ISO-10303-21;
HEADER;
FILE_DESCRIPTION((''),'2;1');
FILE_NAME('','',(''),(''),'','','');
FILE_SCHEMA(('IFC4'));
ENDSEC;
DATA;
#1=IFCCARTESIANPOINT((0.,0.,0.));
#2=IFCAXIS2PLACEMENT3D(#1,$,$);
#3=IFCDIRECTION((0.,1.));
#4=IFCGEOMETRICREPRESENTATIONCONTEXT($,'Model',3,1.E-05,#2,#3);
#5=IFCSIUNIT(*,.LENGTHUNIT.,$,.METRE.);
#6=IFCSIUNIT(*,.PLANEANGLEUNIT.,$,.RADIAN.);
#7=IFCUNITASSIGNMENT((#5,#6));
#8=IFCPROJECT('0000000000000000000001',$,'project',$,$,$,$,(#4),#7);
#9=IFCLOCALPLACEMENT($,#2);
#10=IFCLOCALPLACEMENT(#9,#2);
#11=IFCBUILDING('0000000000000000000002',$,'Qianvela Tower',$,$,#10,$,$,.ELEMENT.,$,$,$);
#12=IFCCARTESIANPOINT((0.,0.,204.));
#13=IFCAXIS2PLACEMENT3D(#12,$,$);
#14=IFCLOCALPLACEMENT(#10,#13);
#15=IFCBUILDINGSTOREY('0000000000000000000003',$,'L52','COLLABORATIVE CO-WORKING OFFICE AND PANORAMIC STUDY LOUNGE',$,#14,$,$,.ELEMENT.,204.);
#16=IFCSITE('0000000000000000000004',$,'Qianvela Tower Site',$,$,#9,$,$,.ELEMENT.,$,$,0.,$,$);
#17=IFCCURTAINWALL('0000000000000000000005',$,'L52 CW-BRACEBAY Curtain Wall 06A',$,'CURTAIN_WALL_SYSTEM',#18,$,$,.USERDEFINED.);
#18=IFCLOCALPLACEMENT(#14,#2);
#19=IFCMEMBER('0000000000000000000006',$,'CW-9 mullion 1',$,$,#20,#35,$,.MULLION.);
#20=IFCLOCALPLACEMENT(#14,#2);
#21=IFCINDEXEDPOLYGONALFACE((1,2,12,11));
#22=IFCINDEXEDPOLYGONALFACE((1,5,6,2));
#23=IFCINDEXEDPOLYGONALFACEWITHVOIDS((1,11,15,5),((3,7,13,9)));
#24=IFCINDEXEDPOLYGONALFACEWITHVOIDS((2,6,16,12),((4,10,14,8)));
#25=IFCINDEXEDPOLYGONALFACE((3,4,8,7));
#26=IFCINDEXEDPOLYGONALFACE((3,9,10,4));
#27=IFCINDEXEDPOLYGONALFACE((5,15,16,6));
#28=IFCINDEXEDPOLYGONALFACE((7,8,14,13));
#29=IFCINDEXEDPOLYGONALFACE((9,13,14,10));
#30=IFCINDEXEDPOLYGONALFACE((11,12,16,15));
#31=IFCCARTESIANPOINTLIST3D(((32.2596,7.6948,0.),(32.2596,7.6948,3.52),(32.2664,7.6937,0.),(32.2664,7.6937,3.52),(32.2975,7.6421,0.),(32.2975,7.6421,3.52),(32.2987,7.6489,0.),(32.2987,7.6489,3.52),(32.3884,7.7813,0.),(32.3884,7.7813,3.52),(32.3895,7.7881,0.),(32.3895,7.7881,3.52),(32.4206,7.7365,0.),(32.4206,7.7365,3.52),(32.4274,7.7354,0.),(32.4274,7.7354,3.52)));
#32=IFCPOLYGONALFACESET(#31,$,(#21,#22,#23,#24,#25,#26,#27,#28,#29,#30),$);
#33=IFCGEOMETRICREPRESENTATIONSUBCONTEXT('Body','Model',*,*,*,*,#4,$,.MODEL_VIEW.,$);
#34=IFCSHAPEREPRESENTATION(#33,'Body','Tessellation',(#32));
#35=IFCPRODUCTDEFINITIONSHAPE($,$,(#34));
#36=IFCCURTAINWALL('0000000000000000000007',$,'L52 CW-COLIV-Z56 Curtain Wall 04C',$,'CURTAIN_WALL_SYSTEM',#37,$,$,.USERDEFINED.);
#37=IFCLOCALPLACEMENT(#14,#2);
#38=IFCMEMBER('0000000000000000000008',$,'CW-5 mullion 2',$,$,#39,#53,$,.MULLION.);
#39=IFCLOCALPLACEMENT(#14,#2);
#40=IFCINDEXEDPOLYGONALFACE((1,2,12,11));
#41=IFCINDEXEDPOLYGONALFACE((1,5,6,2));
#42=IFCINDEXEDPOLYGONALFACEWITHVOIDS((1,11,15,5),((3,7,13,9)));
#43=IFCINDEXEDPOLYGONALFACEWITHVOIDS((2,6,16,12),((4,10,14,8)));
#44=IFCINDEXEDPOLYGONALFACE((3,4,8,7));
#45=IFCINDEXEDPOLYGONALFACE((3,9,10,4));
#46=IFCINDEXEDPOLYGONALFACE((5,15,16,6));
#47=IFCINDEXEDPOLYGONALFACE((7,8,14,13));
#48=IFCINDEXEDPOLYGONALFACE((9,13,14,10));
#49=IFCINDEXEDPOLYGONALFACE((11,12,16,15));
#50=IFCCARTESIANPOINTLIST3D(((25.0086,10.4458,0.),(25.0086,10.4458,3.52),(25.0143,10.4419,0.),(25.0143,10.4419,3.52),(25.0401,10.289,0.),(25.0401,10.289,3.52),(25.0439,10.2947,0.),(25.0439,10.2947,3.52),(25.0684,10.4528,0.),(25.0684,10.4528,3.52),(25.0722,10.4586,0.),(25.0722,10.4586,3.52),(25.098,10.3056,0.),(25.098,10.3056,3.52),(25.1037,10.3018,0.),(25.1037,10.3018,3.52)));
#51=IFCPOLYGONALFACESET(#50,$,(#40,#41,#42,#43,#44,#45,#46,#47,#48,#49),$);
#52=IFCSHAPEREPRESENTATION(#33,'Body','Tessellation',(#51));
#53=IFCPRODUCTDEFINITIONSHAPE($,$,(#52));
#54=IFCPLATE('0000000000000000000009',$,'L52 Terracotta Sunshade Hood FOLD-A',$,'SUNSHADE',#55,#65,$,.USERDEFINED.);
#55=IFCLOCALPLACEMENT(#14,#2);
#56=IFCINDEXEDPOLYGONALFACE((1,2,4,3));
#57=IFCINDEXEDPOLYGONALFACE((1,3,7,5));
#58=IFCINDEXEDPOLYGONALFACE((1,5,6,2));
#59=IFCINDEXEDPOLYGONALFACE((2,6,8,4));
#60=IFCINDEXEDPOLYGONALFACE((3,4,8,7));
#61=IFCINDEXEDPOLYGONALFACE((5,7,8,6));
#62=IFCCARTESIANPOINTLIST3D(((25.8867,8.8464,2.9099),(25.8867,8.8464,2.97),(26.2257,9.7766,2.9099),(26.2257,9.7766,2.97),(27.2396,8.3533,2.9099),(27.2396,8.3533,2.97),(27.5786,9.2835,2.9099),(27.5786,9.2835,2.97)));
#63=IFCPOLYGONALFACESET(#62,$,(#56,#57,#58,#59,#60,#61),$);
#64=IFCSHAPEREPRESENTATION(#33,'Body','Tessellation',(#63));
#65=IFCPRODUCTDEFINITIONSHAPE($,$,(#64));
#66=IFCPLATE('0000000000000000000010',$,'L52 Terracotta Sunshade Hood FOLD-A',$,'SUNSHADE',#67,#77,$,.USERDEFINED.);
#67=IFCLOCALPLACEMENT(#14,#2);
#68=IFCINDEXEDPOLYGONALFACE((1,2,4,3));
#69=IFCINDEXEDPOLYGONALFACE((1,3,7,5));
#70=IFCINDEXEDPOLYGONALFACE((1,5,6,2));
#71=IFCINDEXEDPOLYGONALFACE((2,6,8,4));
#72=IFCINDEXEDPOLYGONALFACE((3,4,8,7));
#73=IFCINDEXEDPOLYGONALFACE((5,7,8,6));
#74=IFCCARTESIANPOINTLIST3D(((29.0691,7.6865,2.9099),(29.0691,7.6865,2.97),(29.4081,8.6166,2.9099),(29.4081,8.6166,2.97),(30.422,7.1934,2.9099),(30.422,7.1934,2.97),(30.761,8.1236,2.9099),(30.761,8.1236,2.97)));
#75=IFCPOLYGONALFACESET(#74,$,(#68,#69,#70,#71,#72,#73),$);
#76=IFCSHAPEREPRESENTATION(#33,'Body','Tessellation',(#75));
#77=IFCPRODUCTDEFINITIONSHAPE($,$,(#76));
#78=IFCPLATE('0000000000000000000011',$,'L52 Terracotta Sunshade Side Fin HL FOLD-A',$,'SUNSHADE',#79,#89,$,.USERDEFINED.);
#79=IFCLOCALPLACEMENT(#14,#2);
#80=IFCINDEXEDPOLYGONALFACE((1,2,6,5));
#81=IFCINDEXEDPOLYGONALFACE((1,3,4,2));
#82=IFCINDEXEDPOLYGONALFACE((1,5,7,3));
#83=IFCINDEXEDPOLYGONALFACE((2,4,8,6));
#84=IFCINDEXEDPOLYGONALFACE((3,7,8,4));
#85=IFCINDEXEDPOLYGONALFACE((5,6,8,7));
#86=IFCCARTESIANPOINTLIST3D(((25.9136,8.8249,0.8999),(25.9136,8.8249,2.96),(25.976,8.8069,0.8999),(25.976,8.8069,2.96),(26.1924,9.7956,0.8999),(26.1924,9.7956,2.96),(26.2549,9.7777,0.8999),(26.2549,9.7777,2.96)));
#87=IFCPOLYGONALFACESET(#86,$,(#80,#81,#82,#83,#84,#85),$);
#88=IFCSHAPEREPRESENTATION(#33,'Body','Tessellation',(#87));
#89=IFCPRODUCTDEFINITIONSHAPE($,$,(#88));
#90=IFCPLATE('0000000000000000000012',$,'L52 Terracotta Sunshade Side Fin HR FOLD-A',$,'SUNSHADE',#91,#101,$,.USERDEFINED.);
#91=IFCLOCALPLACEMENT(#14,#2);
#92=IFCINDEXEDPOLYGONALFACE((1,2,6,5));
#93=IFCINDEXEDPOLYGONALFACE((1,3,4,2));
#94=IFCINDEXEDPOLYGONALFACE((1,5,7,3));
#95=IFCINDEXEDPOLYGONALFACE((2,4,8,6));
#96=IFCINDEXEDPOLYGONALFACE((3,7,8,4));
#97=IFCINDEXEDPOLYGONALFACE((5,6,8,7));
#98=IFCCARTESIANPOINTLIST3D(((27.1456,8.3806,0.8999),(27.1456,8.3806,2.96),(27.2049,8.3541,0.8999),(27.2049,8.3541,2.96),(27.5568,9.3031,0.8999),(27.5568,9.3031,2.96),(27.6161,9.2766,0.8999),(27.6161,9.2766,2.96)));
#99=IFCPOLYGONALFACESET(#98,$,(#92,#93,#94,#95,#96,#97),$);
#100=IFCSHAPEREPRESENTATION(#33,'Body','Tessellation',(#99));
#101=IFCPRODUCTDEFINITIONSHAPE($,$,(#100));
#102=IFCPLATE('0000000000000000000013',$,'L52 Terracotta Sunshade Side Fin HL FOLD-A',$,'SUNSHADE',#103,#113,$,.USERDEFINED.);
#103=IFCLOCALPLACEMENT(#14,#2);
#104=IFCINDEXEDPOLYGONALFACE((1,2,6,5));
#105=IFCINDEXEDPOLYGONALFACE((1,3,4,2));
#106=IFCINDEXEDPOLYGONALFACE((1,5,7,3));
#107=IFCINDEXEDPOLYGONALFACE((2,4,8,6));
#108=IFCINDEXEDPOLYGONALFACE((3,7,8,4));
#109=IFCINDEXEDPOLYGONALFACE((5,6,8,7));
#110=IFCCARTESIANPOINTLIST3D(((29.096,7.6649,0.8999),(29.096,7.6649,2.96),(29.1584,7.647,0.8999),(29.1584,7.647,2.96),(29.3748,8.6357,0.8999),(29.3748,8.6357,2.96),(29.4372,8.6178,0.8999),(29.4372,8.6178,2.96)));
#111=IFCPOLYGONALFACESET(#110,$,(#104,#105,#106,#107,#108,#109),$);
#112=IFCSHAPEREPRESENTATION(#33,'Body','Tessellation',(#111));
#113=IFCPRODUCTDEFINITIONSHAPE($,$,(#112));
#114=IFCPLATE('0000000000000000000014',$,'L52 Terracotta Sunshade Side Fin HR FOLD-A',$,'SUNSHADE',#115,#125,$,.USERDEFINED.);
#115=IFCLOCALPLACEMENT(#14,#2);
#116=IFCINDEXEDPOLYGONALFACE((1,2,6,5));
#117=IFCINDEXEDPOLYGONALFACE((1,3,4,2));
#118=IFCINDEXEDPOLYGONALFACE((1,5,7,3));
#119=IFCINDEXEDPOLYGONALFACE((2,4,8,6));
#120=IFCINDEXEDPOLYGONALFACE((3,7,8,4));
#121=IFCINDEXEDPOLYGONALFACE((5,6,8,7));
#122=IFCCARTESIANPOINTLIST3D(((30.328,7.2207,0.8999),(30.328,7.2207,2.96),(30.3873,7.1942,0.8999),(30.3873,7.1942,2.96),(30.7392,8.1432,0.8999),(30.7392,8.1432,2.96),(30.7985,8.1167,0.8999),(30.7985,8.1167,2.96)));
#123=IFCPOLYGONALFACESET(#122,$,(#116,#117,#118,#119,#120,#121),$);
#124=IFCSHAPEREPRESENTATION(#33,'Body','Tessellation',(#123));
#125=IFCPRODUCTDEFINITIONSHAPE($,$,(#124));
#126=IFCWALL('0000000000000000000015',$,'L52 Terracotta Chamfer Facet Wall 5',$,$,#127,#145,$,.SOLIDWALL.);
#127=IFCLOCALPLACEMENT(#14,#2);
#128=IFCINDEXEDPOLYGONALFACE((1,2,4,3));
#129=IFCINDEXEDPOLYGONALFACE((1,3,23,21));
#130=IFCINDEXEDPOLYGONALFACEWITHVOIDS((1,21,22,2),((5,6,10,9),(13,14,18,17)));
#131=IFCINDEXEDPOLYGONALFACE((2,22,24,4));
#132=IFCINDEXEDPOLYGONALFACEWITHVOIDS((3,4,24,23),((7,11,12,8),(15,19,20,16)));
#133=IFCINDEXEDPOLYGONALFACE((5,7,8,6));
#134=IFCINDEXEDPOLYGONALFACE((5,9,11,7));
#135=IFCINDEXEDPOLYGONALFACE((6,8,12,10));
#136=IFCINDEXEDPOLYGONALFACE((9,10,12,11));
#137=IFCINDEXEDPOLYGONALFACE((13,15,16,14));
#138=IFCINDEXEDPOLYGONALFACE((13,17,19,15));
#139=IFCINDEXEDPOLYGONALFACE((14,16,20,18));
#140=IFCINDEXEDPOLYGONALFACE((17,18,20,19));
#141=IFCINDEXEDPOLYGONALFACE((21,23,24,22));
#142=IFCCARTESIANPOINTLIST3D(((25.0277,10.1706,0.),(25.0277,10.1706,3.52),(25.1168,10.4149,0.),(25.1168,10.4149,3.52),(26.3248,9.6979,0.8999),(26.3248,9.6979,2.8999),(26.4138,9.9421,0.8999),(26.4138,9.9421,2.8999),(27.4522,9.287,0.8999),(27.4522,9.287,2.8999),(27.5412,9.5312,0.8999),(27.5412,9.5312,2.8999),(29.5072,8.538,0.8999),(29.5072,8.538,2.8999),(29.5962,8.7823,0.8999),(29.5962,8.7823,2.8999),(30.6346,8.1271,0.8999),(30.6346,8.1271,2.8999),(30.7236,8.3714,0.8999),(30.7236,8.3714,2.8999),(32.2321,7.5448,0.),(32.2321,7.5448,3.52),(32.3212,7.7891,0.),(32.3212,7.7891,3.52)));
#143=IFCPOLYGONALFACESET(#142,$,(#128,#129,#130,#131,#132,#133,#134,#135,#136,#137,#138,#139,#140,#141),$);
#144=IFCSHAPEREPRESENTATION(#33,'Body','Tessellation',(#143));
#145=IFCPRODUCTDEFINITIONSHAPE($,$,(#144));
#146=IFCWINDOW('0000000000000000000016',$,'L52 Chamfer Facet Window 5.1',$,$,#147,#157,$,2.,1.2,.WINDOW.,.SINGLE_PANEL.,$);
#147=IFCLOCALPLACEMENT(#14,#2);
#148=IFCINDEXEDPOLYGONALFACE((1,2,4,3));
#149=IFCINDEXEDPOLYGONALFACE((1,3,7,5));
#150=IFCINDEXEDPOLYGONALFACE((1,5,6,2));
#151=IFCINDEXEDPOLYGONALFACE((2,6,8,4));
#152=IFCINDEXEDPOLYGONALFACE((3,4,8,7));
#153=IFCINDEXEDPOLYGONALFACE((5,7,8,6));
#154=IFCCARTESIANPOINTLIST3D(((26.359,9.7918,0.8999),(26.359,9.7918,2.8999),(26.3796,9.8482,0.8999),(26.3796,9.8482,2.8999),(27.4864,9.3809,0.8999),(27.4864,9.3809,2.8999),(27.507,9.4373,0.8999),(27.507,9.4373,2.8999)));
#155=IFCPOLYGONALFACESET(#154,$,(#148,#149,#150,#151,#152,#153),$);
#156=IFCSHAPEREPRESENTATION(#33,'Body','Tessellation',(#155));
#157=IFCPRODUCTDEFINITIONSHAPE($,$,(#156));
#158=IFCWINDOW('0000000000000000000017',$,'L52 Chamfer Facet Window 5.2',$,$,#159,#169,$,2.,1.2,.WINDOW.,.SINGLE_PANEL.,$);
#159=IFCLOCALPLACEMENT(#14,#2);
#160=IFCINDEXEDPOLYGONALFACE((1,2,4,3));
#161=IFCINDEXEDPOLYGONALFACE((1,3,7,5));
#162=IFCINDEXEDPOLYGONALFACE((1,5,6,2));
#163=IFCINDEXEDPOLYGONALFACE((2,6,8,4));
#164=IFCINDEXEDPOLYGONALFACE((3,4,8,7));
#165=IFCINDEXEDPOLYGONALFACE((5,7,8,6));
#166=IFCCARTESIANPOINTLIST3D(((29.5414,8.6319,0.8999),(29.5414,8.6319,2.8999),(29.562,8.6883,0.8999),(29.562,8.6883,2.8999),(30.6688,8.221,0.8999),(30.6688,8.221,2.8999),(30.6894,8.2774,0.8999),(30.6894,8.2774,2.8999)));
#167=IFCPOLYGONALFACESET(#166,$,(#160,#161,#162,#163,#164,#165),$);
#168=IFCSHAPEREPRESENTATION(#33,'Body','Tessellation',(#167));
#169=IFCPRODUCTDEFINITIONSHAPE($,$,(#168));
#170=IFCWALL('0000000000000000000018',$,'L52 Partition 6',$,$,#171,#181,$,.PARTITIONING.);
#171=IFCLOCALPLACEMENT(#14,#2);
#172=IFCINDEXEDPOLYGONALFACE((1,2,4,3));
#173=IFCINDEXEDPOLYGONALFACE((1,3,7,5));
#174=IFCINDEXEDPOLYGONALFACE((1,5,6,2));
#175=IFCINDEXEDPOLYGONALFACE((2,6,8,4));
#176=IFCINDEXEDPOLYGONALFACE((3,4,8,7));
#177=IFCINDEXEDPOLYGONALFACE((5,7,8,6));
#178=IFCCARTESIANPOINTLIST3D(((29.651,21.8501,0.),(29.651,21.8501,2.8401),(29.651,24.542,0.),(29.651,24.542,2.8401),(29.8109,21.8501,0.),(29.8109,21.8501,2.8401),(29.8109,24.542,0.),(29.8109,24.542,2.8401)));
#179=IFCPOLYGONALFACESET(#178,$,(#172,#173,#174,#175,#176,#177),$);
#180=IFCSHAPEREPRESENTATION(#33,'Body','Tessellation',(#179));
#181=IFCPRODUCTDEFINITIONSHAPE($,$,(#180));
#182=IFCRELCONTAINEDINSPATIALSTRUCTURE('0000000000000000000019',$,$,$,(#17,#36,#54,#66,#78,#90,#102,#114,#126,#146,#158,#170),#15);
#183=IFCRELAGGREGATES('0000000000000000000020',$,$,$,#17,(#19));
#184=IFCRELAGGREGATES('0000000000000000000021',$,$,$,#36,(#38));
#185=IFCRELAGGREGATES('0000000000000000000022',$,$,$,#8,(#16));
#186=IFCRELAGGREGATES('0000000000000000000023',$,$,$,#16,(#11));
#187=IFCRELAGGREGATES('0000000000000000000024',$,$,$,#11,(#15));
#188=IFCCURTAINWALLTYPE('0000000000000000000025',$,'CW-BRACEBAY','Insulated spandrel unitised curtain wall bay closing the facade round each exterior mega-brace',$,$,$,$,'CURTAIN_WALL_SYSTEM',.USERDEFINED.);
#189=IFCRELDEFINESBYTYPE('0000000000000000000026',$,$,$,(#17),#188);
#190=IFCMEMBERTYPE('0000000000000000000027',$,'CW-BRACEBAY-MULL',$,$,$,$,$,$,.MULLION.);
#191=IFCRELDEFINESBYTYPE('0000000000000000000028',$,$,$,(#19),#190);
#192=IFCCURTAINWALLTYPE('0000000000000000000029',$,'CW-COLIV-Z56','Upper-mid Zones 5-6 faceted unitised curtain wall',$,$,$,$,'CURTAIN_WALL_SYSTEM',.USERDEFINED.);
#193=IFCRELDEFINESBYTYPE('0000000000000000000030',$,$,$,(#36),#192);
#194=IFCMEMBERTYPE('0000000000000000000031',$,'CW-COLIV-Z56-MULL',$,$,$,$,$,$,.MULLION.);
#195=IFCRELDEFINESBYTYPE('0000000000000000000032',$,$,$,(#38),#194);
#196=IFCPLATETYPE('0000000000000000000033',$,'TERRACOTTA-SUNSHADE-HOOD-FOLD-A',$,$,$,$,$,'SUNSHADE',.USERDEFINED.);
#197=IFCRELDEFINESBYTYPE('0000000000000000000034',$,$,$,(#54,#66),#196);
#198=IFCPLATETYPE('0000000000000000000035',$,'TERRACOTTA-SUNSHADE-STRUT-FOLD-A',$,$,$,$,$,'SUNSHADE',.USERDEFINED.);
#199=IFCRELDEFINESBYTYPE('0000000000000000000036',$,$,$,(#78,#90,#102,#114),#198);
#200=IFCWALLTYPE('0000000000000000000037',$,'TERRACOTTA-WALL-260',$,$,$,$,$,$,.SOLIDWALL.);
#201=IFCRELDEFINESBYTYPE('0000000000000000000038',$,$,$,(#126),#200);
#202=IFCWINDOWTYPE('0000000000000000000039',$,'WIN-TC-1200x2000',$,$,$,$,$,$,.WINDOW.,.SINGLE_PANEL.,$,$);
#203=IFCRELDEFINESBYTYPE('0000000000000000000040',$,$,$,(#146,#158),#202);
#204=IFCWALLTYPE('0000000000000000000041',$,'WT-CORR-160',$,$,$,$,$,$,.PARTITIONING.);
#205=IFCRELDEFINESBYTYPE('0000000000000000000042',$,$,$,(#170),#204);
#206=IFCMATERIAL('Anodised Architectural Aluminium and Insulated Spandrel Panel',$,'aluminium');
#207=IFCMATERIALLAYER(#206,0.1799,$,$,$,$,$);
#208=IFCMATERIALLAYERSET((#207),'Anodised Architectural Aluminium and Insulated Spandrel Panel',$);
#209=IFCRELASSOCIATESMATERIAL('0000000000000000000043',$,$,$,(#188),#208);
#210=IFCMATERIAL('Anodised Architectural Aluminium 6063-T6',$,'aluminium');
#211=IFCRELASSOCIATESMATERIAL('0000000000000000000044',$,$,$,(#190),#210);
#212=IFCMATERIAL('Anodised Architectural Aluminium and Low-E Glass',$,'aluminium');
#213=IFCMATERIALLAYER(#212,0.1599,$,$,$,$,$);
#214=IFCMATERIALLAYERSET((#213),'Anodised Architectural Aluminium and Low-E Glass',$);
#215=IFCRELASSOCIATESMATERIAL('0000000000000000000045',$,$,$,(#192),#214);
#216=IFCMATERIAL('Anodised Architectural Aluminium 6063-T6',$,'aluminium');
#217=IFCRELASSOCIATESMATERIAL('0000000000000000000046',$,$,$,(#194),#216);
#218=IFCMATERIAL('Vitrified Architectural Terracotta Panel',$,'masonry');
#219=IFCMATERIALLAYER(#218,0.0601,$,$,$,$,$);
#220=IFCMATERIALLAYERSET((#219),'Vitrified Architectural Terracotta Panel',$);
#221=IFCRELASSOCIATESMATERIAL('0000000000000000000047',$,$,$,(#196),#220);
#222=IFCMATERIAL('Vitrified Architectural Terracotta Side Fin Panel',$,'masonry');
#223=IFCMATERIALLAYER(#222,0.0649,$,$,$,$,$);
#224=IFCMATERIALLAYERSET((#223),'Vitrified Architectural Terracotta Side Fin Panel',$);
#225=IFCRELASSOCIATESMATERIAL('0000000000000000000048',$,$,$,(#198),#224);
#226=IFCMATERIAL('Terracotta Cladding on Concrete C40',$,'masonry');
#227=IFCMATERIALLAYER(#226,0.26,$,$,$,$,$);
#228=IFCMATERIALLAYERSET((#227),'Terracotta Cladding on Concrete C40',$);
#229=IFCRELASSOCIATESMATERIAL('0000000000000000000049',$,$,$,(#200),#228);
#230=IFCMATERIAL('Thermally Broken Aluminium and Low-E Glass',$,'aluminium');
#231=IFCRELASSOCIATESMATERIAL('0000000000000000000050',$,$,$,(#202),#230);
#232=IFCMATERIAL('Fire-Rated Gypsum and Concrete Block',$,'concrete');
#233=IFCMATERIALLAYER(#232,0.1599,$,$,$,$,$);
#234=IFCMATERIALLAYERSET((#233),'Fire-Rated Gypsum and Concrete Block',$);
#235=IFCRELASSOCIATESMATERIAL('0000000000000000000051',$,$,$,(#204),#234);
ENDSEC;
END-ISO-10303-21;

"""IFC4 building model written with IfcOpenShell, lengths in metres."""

from ifc_helpers import new_model, si_unit, direction, frame, frame_2d, origin, origin_2d, place, context, subcontext, project, spatial, rectangle, hollow_rectangle, extrude, material, layer, layer_set, material_profile, profile_set, type_object, element, fill, aggregate, save


model = new_model("IFC4")

# Units and contexts
model_context = context("Model", 3, precision=1e-05, world=origin(), true_north=direction((0.0, 1.0)))
body_context = subcontext(model_context, "Body", "Model", "MODEL_VIEW")
ifc_project = project(units=[si_unit("LENGTHUNIT", "METRE"), si_unit("PLANEANGLEUNIT", "RADIAN")], contexts=[model_context])

# Site, building, storey
site_placement = place(None, origin())
site = spatial("IfcSite", under=ifc_project, at=site_placement, Name="Qianvela Tower Site", CompositionType="ELEMENT", RefElevation=0.0)
building_placement = place(site_placement, origin())
building = spatial("IfcBuilding", under=site, at=building_placement, Name="Qianvela Tower", CompositionType="ELEMENT")
storey_placement = place(building_placement, frame((0.0, 0.0, 204.0)))
storey = spatial("IfcBuildingStorey", under=building, at=storey_placement, Name="L52", Description="COLLABORATIVE CO-WORKING OFFICE AND PANORAMIC STUDY LOUNGE", CompositionType="ELEMENT", Elevation=204.0)

# Curtain walls, members
ifc_material_1 = material(Name="Anodised Architectural Aluminium and Insulated Spandrel Panel", Category="aluminium")
ifc_layer_1 = layer(ifc_material_1, 0.1799)
ifc_layer_set_1 = layer_set([ifc_layer_1], Name="Anodised Architectural Aluminium and Insulated Spandrel Panel")
curtain_wall_type_1 = type_object("IfcCurtainWallType", Name="CW-BRACEBAY", Description="Insulated spandrel unitised curtain wall bay closing the facade round each exterior mega-brace", ElementType="CURTAIN_WALL_SYSTEM", PredefinedType="USERDEFINED", material=ifc_layer_set_1)
curtain_wall_1_placement = place(storey_placement, origin())
curtain_wall_1 = element("IfcCurtainWall", 1, at=curtain_wall_1_placement, inside=storey, type_object=curtain_wall_type_1, Name="L52 CW-BRACEBAY Curtain Wall 06A", ObjectType="CURTAIN_WALL_SYSTEM", PredefinedType="USERDEFINED")
ifc_material_2 = material(Name="Anodised Architectural Aluminium 6063-T6", Category="aluminium")
ifc_material_profile_1 = material_profile(ifc_material_2, hollow_rectangle(XDim=0.0649, YDim=0.1599, WallThickness=0.0049, at=origin_2d()), Name="ALU-MULL-65x160")
ifc_profile_set_1 = profile_set([ifc_material_profile_1], Name="Anodised Architectural Aluminium 6063-T6")
member_type_1 = type_object("IfcMemberType", Name="CW-BRACEBAY-MULL", PredefinedType="MULLION", material=ifc_profile_set_1)
member_1_placement = place(storey_placement, frame((32.3435, 7.7151, 0.0), z_axis=(0.0, 0.0, 1.0), x_axis=(-0.583716, 0.811958, 0.0)))
member_1 = element("IfcMember", 2, at=member_1_placement, type_object=member_type_1, Name="CW-9 mullion 1", PredefinedType="MULLION", context=body_context, shape_type="SweptSolid", body=[
    extrude(hollow_rectangle(XDim=0.0649, YDim=0.1599, WallThickness=0.0049, at=origin_2d()), origin(), (0.0, 0.0, 1.0), 3.52),
])
aggregate(curtain_wall_1, [member_1])
ifc_material_3 = material(Name="Anodised Architectural Aluminium and Low-E Glass", Category="aluminium")
ifc_layer_2 = layer(ifc_material_3, 0.1599)
ifc_layer_set_2 = layer_set([ifc_layer_2], Name="Anodised Architectural Aluminium and Low-E Glass")
curtain_wall_type_2 = type_object("IfcCurtainWallType", Name="CW-COLIV-Z56", Description="Upper-mid Zones 5-6 faceted unitised curtain wall", ElementType="CURTAIN_WALL_SYSTEM", PredefinedType="USERDEFINED", material=ifc_layer_set_2)
curtain_wall_2_placement = place(storey_placement, origin())
curtain_wall_2 = element("IfcCurtainWall", 3, at=curtain_wall_2_placement, inside=storey, type_object=curtain_wall_type_2, Name="L52 CW-COLIV-Z56 Curtain Wall 04C", ObjectType="CURTAIN_WALL_SYSTEM", PredefinedType="USERDEFINED")
ifc_material_4 = material(Name="Anodised Architectural Aluminium 6063-T6", Category="aluminium")
ifc_material_profile_2 = material_profile(ifc_material_4, hollow_rectangle(XDim=0.0649, YDim=0.1599, WallThickness=0.0049, at=origin_2d()), Name="ALU-MULL-65x160")
ifc_profile_set_2 = profile_set([ifc_material_profile_2], Name="Anodised Architectural Aluminium 6063-T6")
member_type_2 = type_object("IfcMemberType", Name="CW-COLIV-Z56-MULL", PredefinedType="MULLION", material=ifc_profile_set_2)
member_2_placement = place(storey_placement, frame((25.0562, 10.3738, 0.0), z_axis=(0.0, 0.0, 1.0), x_axis=(0.980408, 0.196978, 0.0)))
member_2 = element("IfcMember", 4, at=member_2_placement, type_object=member_type_2, Name="CW-5 mullion 2", PredefinedType="MULLION", context=body_context, shape_type="SweptSolid", body=[
    extrude(hollow_rectangle(XDim=0.0649, YDim=0.1599, WallThickness=0.0049, at=origin_2d()), origin(), (0.0, 0.0, 1.0), 3.52),
])
aggregate(curtain_wall_2, [member_2])

# Plates
ifc_material_5 = material(Name="Vitrified Architectural Terracotta Panel", Category="masonry")
ifc_layer_3 = layer(ifc_material_5, 0.0601)
ifc_layer_set_3 = layer_set([ifc_layer_3], Name="Vitrified Architectural Terracotta Panel")
plate_type_1 = type_object("IfcPlateType", Name="TERRACOTTA-SUNSHADE-HOOD-FOLD-A", ElementType="SUNSHADE", PredefinedType="USERDEFINED", material=ifc_layer_set_3)
for number, where, z_axis, x_axis, name in (
    (5, (26.7327, 9.0649, 2.9099), (0.0, 0.0, 1.0), (0.93954, -0.34244, 0.0), "L52 Terracotta Sunshade Hood FOLD-A"),
    (6, (29.915, 7.905, 2.9099), (0.0, 0.0, 1.0), (0.93954, -0.34244, 0.0), "L52 Terracotta Sunshade Hood FOLD-A"),
):
    element("IfcPlate", number, at=place(storey_placement, frame(where, z_axis=z_axis, x_axis=x_axis)), inside=storey, type_object=plate_type_1, Name=name, ObjectType="SUNSHADE", PredefinedType="USERDEFINED", context=body_context, shape_type="SweptSolid", body=[
        extrude(rectangle(XDim=1.4399, YDim=0.99, at=origin_2d()), origin(), (0.0, 0.0, 1.0), 0.0601),
    ])
ifc_material_6 = material(Name="Vitrified Architectural Terracotta Side Fin Panel", Category="masonry")
ifc_layer_4 = layer(ifc_material_6, 0.0649)
ifc_layer_set_4 = layer_set([ifc_layer_4], Name="Vitrified Architectural Terracotta Side Fin Panel")
plate_type_2 = type_object("IfcPlateType", Name="TERRACOTTA-SUNSHADE-STRUT-FOLD-A", ElementType="SUNSHADE", PredefinedType="USERDEFINED", material=ifc_layer_set_4)
for number, where, z_axis, x_axis, name in (
    (7, (26.0842, 9.3013, 0.8999), (0.0, 0.0, 1.0), (0.961138, -0.276067, 0.0), "L52 Terracotta Sunshade Side Fin HL FOLD-A"),
    (8, (27.3809, 8.8286, 0.8999), (0.0, 0.0, 1.0), (0.913364, -0.407145, 0.0), "L52 Terracotta Sunshade Side Fin HR FOLD-A"),
    (9, (29.2666, 8.1414, 0.8999), (0.0, 0.0, 1.0), (0.961138, -0.276067, 0.0), "L52 Terracotta Sunshade Side Fin HL FOLD-A"),
    (10, (30.5632, 7.6687, 0.8999), (0.0, 0.0, 1.0), (0.913364, -0.407145, 0.0), "L52 Terracotta Sunshade Side Fin HR FOLD-A"),
):
    element("IfcPlate", number, at=place(storey_placement, frame(where, z_axis=z_axis, x_axis=x_axis)), inside=storey, type_object=plate_type_2, Name=name, ObjectType="SUNSHADE", PredefinedType="USERDEFINED", context=body_context, shape_type="SweptSolid", body=[
        extrude(rectangle(XDim=0.0649, YDim=1.01, at=origin_2d()), origin(), (0.0, 0.0, 1.0), 2.0601),
    ])

# Wall, openings, windows
ifc_material_7 = material(Name="Terracotta Cladding on Concrete C40", Category="masonry")
ifc_layer_5 = layer(ifc_material_7, 0.26)
ifc_layer_set_5 = layer_set([ifc_layer_5], Name="Terracotta Cladding on Concrete C40")
wall_type_1 = type_object("IfcWallType", Name="TERRACOTTA-WALL-260", PredefinedType="SOLIDWALL", material=ifc_layer_set_5)
wall_1_placement = place(storey_placement, frame((25.0723, 10.2927, 0.0), z_axis=(0.0, 0.0, 1.0), x_axis=(0.939543, -0.342431, 0.0)))
wall_1 = element("IfcWall", 11, at=wall_1_placement, inside=storey, type_object=wall_type_1, Name="L52 Terracotta Chamfer Facet Wall 5", PredefinedType="SOLIDWALL", context=body_context, shape_type="SweptSolid", body=[
    extrude(rectangle(XDim=7.668, YDim=0.26, at=frame_2d((3.834, 0.0))), origin(), (0.0, 0.0, 1.0), 3.52),
])
opening_1_placement = place(wall_1_placement, frame((1.3804, 0.0, 0.8999)))
opening_1 = element("IfcOpeningElement", 12, at=opening_1_placement, cuts=wall_1, PredefinedType="OPENING", context=body_context, shape_type="SweptSolid", body=[
    extrude(rectangle(XDim=1.2, YDim=2.0, at=frame_2d((0.6001, 1.0))), frame((0.0, 0.1399, 0.0), z_axis=(0.0, -1.0, 0.0), x_axis=(1.0, 0.0, 0.0)), (0.0, 0.0, 1.0), 0.28),
])
opening_2_placement = place(wall_1_placement, frame((4.7676, 0.0, 0.8999)))
opening_2 = element("IfcOpeningElement", 13, at=opening_2_placement, cuts=wall_1, PredefinedType="OPENING", context=body_context, shape_type="SweptSolid", body=[
    extrude(rectangle(XDim=1.2, YDim=2.0, at=frame_2d((0.6001, 1.0))), frame((0.0, 0.1399, 0.0), z_axis=(0.0, -1.0, 0.0), x_axis=(1.0, 0.0, 0.0)), (0.0, 0.0, 1.0), 0.28),
])
ifc_material_8 = material(Name="Thermally Broken Aluminium and Low-E Glass", Category="aluminium")
window_type = type_object("IfcWindowType", Name="WIN-TC-1200x2000", PartitioningType="SINGLE_PANEL", PredefinedType="WINDOW", material=ifc_material_8)
window_1_placement = place(opening_1_placement, origin())
window_1 = element("IfcWindow", 14, at=window_1_placement, inside=storey, type_object=window_type, Name="L52 Chamfer Facet Window 5.1", OverallHeight=2.0, OverallWidth=1.2, PartitioningType="SINGLE_PANEL", PredefinedType="WINDOW", context=body_context, shape_type="SweptSolid", body=[
    extrude(rectangle(XDim=1.2, YDim=2.0, at=frame_2d((0.6001, 1.0))), frame((0.0, 0.03, 0.0), z_axis=(0.0, -1.0, 0.0), x_axis=(1.0, 0.0, 0.0)), (0.0, 0.0, 1.0), 0.0601),
])
fill(opening_1, window_1)
window_2_placement = place(opening_2_placement, origin())
window_2 = element("IfcWindow", 15, at=window_2_placement, inside=storey, type_object=window_type, Name="L52 Chamfer Facet Window 5.2", OverallHeight=2.0, OverallWidth=1.2, PartitioningType="SINGLE_PANEL", PredefinedType="WINDOW", context=body_context, shape_type="SweptSolid", body=[
    extrude(rectangle(XDim=1.2, YDim=2.0, at=frame_2d((0.6001, 1.0))), frame((0.0, 0.03, 0.0), z_axis=(0.0, -1.0, 0.0), x_axis=(1.0, 0.0, 0.0)), (0.0, 0.0, 1.0), 0.0601),
])
fill(opening_2, window_2)

# Wall
ifc_material_9 = material(Name="Fire-Rated Gypsum and Concrete Block", Category="concrete")
ifc_layer_6 = layer(ifc_material_9, 0.1599)
ifc_layer_set_6 = layer_set([ifc_layer_6], Name="Fire-Rated Gypsum and Concrete Block")
wall_type_2 = type_object("IfcWallType", Name="WT-CORR-160", PredefinedType="PARTITIONING", material=ifc_layer_set_6)
wall_2_placement = place(storey_placement, frame((29.731, 21.8501, 0.0), z_axis=(0.0, 0.0, 1.0), x_axis=(0.0, 1.0, 0.0)))
element("IfcWall", 16, at=wall_2_placement, inside=storey, type_object=wall_type_2, Name="L52 Partition 6", PredefinedType="PARTITIONING", context=body_context, shape_type="SweptSolid", body=[
    extrude(rectangle(XDim=2.6919, YDim=0.1599, at=frame_2d((1.3459, 0.0))), origin(), (0.0, 0.0, 1.0), 2.8401),
])

save(model, "model.ifc")
